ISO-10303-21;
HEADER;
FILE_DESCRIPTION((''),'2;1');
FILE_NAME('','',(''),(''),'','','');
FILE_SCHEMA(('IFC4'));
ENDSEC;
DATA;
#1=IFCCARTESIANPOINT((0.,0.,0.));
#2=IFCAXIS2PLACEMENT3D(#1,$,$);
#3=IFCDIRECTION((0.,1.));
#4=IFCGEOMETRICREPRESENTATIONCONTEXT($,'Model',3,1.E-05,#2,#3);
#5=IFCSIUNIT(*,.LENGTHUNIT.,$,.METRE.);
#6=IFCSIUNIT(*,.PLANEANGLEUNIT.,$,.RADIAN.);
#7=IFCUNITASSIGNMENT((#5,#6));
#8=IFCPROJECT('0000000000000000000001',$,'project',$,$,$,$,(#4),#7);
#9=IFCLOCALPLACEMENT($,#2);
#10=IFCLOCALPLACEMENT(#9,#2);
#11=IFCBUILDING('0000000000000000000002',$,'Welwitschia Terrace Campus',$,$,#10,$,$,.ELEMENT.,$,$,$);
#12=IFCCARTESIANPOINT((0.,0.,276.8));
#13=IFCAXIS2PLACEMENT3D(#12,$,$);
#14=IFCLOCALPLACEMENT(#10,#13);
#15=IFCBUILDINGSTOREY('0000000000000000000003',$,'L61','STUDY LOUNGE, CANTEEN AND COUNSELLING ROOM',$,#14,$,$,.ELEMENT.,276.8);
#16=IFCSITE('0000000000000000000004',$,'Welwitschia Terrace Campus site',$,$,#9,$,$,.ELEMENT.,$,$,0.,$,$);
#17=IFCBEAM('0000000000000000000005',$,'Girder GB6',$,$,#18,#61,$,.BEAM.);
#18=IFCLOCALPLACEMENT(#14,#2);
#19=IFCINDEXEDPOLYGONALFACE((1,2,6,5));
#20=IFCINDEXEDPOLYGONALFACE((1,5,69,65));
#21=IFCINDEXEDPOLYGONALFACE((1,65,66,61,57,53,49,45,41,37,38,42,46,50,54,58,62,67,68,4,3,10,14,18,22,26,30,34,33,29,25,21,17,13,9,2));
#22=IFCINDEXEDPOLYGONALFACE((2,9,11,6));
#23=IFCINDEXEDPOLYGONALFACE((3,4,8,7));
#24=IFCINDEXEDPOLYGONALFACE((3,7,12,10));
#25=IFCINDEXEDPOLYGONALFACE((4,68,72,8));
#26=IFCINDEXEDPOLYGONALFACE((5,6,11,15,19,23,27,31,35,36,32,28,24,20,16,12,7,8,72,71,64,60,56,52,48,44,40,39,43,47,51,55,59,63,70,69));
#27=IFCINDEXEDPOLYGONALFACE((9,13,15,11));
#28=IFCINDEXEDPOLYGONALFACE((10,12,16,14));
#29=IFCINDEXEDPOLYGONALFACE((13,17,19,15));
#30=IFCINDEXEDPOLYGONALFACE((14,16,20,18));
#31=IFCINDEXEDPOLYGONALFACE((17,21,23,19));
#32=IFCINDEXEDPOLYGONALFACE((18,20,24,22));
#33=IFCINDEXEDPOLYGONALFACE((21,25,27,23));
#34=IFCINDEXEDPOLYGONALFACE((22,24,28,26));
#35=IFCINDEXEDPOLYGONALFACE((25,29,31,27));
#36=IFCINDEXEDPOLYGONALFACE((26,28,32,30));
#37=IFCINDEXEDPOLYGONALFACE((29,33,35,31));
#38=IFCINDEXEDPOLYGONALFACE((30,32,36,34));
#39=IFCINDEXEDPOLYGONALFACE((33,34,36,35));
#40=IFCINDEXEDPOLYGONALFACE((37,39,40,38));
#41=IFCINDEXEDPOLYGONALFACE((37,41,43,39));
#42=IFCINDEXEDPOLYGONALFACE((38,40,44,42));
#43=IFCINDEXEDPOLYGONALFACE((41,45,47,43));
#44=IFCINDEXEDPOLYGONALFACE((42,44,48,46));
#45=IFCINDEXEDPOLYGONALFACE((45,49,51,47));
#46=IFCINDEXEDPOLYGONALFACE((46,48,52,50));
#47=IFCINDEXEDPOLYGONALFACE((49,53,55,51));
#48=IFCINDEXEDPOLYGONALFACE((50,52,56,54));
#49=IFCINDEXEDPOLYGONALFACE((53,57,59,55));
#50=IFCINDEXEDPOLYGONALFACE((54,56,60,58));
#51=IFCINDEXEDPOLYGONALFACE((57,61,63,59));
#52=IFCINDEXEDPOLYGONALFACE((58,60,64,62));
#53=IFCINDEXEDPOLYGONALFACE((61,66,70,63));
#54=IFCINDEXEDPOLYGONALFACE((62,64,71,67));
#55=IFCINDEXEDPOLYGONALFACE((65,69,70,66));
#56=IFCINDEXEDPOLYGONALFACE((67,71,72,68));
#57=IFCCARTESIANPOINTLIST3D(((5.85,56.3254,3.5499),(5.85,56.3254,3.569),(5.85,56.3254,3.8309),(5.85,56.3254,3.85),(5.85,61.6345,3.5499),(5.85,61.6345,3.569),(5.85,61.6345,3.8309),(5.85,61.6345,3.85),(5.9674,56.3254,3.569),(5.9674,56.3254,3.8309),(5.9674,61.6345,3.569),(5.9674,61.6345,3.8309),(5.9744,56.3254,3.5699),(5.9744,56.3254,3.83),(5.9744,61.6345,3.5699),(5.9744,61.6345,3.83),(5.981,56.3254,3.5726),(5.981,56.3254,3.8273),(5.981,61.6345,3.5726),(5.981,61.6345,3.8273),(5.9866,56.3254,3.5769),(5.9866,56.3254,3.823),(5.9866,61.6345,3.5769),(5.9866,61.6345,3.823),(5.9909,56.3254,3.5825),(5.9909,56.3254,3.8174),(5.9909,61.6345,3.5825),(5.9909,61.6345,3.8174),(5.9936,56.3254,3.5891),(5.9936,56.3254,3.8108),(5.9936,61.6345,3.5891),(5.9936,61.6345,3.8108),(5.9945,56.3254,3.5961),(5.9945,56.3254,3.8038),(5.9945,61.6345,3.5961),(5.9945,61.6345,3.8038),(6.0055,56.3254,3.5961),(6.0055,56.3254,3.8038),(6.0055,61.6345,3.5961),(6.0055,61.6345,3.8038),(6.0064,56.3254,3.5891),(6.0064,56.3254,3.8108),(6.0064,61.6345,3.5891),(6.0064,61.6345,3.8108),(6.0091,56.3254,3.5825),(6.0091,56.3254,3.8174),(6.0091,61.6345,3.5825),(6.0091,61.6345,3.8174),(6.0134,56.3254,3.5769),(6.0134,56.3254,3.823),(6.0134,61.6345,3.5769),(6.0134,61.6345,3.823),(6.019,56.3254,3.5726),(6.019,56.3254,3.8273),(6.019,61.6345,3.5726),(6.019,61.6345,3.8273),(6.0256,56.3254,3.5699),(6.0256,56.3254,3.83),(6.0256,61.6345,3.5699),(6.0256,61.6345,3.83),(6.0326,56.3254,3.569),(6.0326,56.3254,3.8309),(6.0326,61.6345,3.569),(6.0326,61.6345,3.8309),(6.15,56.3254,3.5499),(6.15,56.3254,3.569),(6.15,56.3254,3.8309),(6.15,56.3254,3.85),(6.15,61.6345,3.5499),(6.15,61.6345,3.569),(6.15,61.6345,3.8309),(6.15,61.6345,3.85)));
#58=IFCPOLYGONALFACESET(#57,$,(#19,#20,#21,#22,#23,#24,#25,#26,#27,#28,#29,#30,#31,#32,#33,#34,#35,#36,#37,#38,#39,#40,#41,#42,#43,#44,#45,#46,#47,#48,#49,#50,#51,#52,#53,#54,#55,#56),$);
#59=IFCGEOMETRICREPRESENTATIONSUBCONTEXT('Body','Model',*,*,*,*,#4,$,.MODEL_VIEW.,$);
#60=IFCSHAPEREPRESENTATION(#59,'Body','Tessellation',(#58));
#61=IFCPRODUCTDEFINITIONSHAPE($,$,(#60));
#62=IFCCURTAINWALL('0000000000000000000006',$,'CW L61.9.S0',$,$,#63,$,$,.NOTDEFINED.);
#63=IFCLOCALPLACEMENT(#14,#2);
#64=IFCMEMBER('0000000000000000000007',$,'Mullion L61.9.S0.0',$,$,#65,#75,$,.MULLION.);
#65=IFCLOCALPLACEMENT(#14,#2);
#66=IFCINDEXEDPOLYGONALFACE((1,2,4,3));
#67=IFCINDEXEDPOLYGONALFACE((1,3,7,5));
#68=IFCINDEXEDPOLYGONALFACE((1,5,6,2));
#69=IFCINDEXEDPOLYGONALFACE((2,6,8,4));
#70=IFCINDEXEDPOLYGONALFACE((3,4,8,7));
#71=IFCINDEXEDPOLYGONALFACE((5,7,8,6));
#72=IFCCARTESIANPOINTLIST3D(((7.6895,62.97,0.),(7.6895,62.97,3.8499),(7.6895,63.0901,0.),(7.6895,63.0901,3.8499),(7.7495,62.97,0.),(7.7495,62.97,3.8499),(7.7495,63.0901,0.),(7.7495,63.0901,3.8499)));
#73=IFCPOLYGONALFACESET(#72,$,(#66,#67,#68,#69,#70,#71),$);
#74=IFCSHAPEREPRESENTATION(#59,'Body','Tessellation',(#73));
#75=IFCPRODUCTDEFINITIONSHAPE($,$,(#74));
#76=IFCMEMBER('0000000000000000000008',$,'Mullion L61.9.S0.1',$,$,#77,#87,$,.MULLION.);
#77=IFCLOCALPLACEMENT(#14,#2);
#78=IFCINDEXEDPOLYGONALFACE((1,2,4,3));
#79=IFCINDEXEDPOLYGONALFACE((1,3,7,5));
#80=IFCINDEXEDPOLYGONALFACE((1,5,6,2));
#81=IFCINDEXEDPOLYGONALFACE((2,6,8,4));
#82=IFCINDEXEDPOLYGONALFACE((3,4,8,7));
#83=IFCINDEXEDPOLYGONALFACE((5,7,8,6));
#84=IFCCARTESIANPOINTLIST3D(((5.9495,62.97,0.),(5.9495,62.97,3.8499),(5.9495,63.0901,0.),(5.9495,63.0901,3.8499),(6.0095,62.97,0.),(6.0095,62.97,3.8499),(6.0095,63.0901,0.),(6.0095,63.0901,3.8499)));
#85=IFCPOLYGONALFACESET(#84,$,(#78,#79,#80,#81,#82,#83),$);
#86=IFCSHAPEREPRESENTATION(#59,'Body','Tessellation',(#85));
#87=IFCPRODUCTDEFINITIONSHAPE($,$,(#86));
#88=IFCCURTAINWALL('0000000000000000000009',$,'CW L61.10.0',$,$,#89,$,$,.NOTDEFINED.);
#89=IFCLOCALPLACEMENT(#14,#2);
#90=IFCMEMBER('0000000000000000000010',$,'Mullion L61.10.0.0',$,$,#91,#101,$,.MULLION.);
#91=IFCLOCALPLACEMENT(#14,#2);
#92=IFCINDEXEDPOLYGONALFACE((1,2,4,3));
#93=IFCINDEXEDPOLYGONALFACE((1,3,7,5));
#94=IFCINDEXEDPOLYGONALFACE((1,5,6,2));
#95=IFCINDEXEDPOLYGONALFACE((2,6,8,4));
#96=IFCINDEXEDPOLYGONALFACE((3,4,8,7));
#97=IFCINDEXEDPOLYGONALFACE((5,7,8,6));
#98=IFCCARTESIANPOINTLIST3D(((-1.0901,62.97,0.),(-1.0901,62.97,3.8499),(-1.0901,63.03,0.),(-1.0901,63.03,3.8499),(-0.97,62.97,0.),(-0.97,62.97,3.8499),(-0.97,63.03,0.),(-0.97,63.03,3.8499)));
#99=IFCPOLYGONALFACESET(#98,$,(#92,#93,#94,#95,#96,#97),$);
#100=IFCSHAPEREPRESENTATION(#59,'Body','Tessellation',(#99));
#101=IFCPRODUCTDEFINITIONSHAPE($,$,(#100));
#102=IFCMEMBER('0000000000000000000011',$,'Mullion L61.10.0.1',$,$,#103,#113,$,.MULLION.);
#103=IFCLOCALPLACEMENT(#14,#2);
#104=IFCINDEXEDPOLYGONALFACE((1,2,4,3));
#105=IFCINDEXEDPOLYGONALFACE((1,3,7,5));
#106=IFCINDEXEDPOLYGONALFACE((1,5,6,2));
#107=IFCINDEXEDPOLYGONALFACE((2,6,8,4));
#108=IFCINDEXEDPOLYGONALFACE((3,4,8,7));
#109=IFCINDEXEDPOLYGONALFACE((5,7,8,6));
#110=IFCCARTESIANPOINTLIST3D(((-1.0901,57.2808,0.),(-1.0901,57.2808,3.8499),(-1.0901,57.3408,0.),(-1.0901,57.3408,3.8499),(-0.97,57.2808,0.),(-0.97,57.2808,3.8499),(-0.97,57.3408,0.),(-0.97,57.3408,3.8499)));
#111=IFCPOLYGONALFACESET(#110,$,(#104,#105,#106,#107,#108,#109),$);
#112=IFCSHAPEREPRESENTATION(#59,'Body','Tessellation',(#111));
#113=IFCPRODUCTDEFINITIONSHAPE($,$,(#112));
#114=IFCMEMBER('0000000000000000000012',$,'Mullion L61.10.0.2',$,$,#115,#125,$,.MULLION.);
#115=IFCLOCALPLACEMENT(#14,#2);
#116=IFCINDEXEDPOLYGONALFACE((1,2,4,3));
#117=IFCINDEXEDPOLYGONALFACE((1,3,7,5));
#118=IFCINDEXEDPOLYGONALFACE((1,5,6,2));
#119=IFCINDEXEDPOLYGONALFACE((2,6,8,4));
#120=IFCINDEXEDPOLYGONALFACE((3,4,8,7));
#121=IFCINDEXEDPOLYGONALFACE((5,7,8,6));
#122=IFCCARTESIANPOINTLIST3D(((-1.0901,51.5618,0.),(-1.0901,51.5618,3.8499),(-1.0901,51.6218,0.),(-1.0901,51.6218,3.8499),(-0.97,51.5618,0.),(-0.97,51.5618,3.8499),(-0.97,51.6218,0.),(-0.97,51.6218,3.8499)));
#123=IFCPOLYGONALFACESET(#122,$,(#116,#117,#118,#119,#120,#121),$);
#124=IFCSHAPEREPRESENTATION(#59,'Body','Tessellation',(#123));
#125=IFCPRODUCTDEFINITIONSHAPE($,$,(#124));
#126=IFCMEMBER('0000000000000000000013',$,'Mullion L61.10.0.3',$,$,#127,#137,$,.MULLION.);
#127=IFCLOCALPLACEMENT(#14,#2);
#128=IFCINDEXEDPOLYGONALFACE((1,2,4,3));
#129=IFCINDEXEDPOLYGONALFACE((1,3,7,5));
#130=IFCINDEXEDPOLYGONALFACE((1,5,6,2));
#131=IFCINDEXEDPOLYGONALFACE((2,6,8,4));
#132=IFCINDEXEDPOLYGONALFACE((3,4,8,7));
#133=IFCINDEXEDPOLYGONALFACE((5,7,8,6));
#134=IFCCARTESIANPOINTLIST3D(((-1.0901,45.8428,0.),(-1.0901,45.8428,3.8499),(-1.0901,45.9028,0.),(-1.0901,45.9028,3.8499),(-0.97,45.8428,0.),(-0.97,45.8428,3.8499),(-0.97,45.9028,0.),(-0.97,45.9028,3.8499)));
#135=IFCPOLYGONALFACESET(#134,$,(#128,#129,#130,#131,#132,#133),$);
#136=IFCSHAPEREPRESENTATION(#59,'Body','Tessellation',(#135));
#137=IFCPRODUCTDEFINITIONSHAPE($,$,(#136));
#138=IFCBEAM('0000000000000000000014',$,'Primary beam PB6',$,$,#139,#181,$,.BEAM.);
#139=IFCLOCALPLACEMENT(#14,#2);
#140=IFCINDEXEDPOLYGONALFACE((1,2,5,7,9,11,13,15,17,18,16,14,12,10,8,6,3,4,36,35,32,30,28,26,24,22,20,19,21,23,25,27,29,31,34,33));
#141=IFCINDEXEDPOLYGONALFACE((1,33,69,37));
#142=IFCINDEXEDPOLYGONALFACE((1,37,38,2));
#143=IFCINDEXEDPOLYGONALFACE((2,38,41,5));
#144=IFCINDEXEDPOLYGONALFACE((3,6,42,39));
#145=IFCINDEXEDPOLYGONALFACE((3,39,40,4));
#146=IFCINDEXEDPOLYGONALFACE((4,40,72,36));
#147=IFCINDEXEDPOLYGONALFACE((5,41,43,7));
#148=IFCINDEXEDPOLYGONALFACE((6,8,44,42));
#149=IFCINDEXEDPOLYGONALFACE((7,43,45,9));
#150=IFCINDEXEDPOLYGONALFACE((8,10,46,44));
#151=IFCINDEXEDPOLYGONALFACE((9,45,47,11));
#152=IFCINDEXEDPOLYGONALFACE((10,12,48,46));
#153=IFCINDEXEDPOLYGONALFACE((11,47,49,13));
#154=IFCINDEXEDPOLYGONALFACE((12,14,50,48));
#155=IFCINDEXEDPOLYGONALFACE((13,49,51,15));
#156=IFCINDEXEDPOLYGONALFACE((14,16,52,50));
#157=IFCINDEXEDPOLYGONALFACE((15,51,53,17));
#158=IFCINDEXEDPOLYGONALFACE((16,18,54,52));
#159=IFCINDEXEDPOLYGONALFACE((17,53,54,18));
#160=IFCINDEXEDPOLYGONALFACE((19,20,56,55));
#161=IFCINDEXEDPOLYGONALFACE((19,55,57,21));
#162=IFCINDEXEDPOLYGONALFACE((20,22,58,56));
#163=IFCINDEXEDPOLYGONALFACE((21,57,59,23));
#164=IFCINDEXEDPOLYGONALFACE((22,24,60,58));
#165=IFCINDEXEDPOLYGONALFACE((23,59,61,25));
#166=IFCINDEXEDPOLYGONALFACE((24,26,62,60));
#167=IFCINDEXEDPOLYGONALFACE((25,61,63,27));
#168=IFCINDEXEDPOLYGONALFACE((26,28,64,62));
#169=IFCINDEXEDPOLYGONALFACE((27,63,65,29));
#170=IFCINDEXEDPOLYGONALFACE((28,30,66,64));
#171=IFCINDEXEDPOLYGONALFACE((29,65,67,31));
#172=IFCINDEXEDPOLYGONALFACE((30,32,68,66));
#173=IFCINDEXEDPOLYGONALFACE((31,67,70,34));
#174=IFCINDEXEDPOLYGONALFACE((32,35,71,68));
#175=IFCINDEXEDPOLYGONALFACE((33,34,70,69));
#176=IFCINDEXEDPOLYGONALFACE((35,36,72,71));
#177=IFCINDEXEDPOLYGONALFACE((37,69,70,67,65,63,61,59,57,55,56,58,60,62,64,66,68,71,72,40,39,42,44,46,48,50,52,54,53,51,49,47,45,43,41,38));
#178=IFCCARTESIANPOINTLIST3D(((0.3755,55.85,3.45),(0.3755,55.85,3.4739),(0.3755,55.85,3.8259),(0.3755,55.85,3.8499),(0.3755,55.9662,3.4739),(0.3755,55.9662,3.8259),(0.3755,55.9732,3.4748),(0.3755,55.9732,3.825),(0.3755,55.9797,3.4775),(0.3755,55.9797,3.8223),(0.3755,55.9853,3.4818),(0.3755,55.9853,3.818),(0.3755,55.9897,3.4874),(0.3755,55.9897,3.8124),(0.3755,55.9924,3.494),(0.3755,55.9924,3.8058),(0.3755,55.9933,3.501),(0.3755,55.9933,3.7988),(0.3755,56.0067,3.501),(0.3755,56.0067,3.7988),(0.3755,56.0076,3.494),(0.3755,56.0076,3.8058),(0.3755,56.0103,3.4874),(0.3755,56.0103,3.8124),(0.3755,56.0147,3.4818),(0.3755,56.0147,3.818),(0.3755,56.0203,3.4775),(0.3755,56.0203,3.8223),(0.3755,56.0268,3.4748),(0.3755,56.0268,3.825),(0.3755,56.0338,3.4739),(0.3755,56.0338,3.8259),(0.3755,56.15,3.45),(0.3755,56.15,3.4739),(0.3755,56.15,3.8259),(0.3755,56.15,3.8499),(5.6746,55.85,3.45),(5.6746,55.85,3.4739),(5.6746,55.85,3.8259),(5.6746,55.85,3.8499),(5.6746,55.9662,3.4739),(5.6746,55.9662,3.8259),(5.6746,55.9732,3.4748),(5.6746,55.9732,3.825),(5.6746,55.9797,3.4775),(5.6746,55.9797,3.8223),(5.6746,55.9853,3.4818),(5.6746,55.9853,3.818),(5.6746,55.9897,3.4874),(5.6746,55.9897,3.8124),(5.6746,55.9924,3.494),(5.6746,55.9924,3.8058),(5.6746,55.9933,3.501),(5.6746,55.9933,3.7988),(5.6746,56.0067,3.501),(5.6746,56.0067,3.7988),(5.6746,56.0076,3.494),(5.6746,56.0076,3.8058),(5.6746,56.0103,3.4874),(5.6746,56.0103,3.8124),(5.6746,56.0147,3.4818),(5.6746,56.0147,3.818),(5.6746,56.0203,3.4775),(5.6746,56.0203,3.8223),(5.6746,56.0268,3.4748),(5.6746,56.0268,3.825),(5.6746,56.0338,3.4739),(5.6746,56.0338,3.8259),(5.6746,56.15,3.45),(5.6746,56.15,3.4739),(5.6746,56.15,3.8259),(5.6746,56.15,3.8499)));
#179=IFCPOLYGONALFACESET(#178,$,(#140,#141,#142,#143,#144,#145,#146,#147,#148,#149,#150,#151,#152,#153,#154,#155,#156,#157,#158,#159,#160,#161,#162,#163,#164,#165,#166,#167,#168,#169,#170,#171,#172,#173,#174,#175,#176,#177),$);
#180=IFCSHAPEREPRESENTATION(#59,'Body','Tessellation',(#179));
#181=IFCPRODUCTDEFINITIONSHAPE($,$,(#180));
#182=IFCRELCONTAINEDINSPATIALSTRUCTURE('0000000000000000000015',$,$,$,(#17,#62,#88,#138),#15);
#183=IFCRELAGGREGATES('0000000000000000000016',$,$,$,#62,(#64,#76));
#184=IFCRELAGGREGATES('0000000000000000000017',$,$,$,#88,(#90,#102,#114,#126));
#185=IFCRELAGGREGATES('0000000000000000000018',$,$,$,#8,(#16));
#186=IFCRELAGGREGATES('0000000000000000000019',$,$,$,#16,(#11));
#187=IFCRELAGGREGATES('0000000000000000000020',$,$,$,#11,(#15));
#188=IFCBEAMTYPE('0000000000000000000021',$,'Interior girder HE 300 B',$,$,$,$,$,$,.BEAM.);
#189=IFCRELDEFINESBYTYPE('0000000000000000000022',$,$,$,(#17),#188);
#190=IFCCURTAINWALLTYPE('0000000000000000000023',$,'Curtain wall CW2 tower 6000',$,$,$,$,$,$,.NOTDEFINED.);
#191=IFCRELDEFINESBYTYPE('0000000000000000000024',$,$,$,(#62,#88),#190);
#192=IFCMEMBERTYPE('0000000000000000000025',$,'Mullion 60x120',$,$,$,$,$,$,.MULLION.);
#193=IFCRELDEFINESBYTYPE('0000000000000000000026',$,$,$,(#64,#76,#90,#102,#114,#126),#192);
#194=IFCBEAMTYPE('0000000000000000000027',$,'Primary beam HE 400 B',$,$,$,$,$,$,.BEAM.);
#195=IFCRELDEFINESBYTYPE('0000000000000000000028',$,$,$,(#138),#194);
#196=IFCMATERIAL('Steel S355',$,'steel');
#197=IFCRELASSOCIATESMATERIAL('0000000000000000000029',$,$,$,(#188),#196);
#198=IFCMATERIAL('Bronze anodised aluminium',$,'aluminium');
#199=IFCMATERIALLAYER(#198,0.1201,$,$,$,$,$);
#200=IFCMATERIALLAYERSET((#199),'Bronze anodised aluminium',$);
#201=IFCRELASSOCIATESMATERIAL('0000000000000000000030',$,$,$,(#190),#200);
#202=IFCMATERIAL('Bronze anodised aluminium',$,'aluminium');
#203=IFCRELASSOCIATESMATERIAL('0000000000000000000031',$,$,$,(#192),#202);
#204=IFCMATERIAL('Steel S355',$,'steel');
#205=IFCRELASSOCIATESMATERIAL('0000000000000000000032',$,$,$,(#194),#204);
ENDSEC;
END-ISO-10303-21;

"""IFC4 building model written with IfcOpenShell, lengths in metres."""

from ifc_helpers import new_model, si_unit, direction, frame, origin, origin_2d, place, context, subcontext, project, spatial, rectangle, i_section, extrude, material, layer, layer_set, material_profile, profile_set, type_object, element, aggregate, save


model = new_model("IFC4")

# Units and contexts
model_context = context("Model", 3, precision=1e-05, world=origin(), true_north=direction((0.0, 1.0)))
body_context = subcontext(model_context, "Body", "Model", "MODEL_VIEW")
ifc_project = project(units=[si_unit("LENGTHUNIT", "METRE"), si_unit("PLANEANGLEUNIT", "RADIAN")], contexts=[model_context])

# Site, building, storey
site_placement = place(None, origin())
site = spatial("IfcSite", under=ifc_project, at=site_placement, Name="Welwitschia Terrace Campus site", CompositionType="ELEMENT", RefElevation=0.0)
building_placement = place(site_placement, origin())
building = spatial("IfcBuilding", under=site, at=building_placement, Name="Welwitschia Terrace Campus", CompositionType="ELEMENT")
storey_placement = place(building_placement, frame((0.0, 0.0, 276.8)))
storey = spatial("IfcBuildingStorey", under=building, at=storey_placement, Name="L61", Description="STUDY LOUNGE, CANTEEN AND COUNSELLING ROOM", CompositionType="ELEMENT", Elevation=276.8)

# Beam
ifc_material_1 = material(Name="Steel S355", Category="steel")
ifc_material_profile_1 = material_profile(ifc_material_1, i_section(OverallWidth=0.3, OverallDepth=0.3, WebThickness=0.011, FlangeThickness=0.019, FilletRadius=0.0271, at=origin_2d()))
ifc_profile_set_1 = profile_set([ifc_material_profile_1], Name="Steel S355")
beam_type_1 = type_object("IfcBeamType", Name="Interior girder HE 300 B", PredefinedType="BEAM", material=ifc_profile_set_1)
beam_1_placement = place(storey_placement, frame((6.0, 56.3254, 3.7), z_axis=(0.0, 1.0, 0.0), x_axis=(-1.0, 0.0, 0.0)))
element("IfcBeam", 1, at=beam_1_placement, inside=storey, type_object=beam_type_1, Name="Girder GB6", PredefinedType="BEAM", context=body_context, shape_type="SweptSolid", body=[
    extrude(i_section(OverallWidth=0.3, OverallDepth=0.3, WebThickness=0.011, FlangeThickness=0.019, FilletRadius=0.0271, at=origin_2d()), origin(), (0.0, 0.0, 1.0), 5.3091),
])

# Curtain walls, members
ifc_material_2 = material(Name="Bronze anodised aluminium", Category="aluminium")
ifc_layer_1 = layer(ifc_material_2, 0.1201)
ifc_layer_set_1 = layer_set([ifc_layer_1], Name="Bronze anodised aluminium")
curtain_wall_type = type_object("IfcCurtainWallType", Name="Curtain wall CW2 tower 6000", PredefinedType="NOTDEFINED", material=ifc_layer_set_1)
curtain_wall_1_placement = place(storey_placement, origin())
curtain_wall_1 = element("IfcCurtainWall", 2, at=curtain_wall_1_placement, inside=storey, type_object=curtain_wall_type, Name="CW L61.9.S0", PredefinedType="NOTDEFINED")
ifc_material_3 = material(Name="Bronze anodised aluminium", Category="aluminium")
ifc_material_profile_2 = material_profile(ifc_material_3, rectangle(XDim=0.1201, YDim=0.0601, at=origin_2d()))
ifc_profile_set_2 = profile_set([ifc_material_profile_2], Name="Bronze anodised aluminium")
member_type_1 = type_object("IfcMemberType", Name="Mullion 60x120", PredefinedType="MULLION", material=ifc_profile_set_2)
member_1_placement = place(storey_placement, frame((7.7195, 63.03, 0.0), z_axis=(0.0, 0.0, 1.0), x_axis=(0.0, -1.0, 0.0)))
member_1 = element("IfcMember", 3, at=member_1_placement, type_object=member_type_1, Name="Mullion L61.9.S0.0", PredefinedType="MULLION", context=body_context, shape_type="SweptSolid", body=[
    extrude(rectangle(XDim=0.1201, YDim=0.0601, at=origin_2d()), origin(), (0.0, 0.0, 1.0), 3.8499),
])
member_2_placement = place(storey_placement, frame((5.9795, 63.03, 0.0), z_axis=(0.0, 0.0, 1.0), x_axis=(0.0, -1.0, 0.0)))
member_2 = element("IfcMember", 4, at=member_2_placement, type_object=member_type_1, Name="Mullion L61.9.S0.1", PredefinedType="MULLION", context=body_context, shape_type="SweptSolid", body=[
    extrude(rectangle(XDim=0.1201, YDim=0.0601, at=origin_2d()), origin(), (0.0, 0.0, 1.0), 3.8499),
])
curtain_wall_2_placement = place(storey_placement, origin())
curtain_wall_2 = element("IfcCurtainWall", 5, at=curtain_wall_2_placement, inside=storey, type_object=curtain_wall_type, Name="CW L61.10.0", PredefinedType="NOTDEFINED")
member_3_placement = place(storey_placement, frame((-1.03, 63.0, 0.0), z_axis=(0.0, 0.0, 1.0), x_axis=(1.0, 0.0, 0.0)))
member_3 = element("IfcMember", 6, at=member_3_placement, type_object=member_type_1, Name="Mullion L61.10.0.0", PredefinedType="MULLION", context=body_context, shape_type="SweptSolid", body=[
    extrude(rectangle(XDim=0.1201, YDim=0.0601, at=origin_2d()), origin(), (0.0, 0.0, 1.0), 3.8499),
])
member_4_placement = place(storey_placement, frame((-1.03, 57.3108, 0.0), z_axis=(0.0, 0.0, 1.0), x_axis=(1.0, 0.0, 0.0)))
member_4 = element("IfcMember", 7, at=member_4_placement, type_object=member_type_1, Name="Mullion L61.10.0.1", PredefinedType="MULLION", context=body_context, shape_type="SweptSolid", body=[
    extrude(rectangle(XDim=0.1201, YDim=0.0601, at=origin_2d()), origin(), (0.0, 0.0, 1.0), 3.8499),
])
member_5_placement = place(storey_placement, frame((-1.03, 51.5918, 0.0), z_axis=(0.0, 0.0, 1.0), x_axis=(1.0, 0.0, 0.0)))
member_5 = element("IfcMember", 8, at=member_5_placement, type_object=member_type_1, Name="Mullion L61.10.0.2", PredefinedType="MULLION", context=body_context, shape_type="SweptSolid", body=[
    extrude(rectangle(XDim=0.1201, YDim=0.0601, at=origin_2d()), origin(), (0.0, 0.0, 1.0), 3.8499),
])
member_6_placement = place(storey_placement, frame((-1.03, 45.8728, 0.0), z_axis=(0.0, 0.0, 1.0), x_axis=(1.0, 0.0, 0.0)))
member_6 = element("IfcMember", 9, at=member_6_placement, type_object=member_type_1, Name="Mullion L61.10.0.3", PredefinedType="MULLION", context=body_context, shape_type="SweptSolid", body=[
    extrude(rectangle(XDim=0.1201, YDim=0.0601, at=origin_2d()), origin(), (0.0, 0.0, 1.0), 3.8499),
])

# Beam
ifc_material_4 = material(Name="Steel S355", Category="steel")
ifc_material_profile_3 = material_profile(ifc_material_4, i_section(OverallWidth=0.3, OverallDepth=0.3999, WebThickness=0.0134, FlangeThickness=0.0239, FilletRadius=0.0271, at=origin_2d()))
ifc_profile_set_3 = profile_set([ifc_material_profile_3], Name="Steel S355")
beam_type_2 = type_object("IfcBeamType", Name="Primary beam HE 400 B", PredefinedType="BEAM", material=ifc_profile_set_3)
for number, where, z_axis, x_axis, name in (
    (10, (0.3755, 56.0, 3.6499), (1.0, 0.0, 0.0), (0.0, 1.0, 0.0), "Primary beam PB6"),
):
    element("IfcBeam", number, at=place(storey_placement, frame(where, z_axis=z_axis, x_axis=x_axis)), inside=storey, type_object=beam_type_2, Name=name, PredefinedType="BEAM", context=body_context, shape_type="SweptSolid", body=[
        extrude(i_section(OverallWidth=0.3, OverallDepth=0.3999, WebThickness=0.0134, FlangeThickness=0.0239, FilletRadius=0.0271, at=origin_2d()), origin(), (0.0, 0.0, 1.0), 5.2991),
    ])

aggregate(curtain_wall_1, [member_1, member_2])
aggregate(curtain_wall_2, [member_3, member_4, member_5, member_6])

save(model, "model.ifc")
